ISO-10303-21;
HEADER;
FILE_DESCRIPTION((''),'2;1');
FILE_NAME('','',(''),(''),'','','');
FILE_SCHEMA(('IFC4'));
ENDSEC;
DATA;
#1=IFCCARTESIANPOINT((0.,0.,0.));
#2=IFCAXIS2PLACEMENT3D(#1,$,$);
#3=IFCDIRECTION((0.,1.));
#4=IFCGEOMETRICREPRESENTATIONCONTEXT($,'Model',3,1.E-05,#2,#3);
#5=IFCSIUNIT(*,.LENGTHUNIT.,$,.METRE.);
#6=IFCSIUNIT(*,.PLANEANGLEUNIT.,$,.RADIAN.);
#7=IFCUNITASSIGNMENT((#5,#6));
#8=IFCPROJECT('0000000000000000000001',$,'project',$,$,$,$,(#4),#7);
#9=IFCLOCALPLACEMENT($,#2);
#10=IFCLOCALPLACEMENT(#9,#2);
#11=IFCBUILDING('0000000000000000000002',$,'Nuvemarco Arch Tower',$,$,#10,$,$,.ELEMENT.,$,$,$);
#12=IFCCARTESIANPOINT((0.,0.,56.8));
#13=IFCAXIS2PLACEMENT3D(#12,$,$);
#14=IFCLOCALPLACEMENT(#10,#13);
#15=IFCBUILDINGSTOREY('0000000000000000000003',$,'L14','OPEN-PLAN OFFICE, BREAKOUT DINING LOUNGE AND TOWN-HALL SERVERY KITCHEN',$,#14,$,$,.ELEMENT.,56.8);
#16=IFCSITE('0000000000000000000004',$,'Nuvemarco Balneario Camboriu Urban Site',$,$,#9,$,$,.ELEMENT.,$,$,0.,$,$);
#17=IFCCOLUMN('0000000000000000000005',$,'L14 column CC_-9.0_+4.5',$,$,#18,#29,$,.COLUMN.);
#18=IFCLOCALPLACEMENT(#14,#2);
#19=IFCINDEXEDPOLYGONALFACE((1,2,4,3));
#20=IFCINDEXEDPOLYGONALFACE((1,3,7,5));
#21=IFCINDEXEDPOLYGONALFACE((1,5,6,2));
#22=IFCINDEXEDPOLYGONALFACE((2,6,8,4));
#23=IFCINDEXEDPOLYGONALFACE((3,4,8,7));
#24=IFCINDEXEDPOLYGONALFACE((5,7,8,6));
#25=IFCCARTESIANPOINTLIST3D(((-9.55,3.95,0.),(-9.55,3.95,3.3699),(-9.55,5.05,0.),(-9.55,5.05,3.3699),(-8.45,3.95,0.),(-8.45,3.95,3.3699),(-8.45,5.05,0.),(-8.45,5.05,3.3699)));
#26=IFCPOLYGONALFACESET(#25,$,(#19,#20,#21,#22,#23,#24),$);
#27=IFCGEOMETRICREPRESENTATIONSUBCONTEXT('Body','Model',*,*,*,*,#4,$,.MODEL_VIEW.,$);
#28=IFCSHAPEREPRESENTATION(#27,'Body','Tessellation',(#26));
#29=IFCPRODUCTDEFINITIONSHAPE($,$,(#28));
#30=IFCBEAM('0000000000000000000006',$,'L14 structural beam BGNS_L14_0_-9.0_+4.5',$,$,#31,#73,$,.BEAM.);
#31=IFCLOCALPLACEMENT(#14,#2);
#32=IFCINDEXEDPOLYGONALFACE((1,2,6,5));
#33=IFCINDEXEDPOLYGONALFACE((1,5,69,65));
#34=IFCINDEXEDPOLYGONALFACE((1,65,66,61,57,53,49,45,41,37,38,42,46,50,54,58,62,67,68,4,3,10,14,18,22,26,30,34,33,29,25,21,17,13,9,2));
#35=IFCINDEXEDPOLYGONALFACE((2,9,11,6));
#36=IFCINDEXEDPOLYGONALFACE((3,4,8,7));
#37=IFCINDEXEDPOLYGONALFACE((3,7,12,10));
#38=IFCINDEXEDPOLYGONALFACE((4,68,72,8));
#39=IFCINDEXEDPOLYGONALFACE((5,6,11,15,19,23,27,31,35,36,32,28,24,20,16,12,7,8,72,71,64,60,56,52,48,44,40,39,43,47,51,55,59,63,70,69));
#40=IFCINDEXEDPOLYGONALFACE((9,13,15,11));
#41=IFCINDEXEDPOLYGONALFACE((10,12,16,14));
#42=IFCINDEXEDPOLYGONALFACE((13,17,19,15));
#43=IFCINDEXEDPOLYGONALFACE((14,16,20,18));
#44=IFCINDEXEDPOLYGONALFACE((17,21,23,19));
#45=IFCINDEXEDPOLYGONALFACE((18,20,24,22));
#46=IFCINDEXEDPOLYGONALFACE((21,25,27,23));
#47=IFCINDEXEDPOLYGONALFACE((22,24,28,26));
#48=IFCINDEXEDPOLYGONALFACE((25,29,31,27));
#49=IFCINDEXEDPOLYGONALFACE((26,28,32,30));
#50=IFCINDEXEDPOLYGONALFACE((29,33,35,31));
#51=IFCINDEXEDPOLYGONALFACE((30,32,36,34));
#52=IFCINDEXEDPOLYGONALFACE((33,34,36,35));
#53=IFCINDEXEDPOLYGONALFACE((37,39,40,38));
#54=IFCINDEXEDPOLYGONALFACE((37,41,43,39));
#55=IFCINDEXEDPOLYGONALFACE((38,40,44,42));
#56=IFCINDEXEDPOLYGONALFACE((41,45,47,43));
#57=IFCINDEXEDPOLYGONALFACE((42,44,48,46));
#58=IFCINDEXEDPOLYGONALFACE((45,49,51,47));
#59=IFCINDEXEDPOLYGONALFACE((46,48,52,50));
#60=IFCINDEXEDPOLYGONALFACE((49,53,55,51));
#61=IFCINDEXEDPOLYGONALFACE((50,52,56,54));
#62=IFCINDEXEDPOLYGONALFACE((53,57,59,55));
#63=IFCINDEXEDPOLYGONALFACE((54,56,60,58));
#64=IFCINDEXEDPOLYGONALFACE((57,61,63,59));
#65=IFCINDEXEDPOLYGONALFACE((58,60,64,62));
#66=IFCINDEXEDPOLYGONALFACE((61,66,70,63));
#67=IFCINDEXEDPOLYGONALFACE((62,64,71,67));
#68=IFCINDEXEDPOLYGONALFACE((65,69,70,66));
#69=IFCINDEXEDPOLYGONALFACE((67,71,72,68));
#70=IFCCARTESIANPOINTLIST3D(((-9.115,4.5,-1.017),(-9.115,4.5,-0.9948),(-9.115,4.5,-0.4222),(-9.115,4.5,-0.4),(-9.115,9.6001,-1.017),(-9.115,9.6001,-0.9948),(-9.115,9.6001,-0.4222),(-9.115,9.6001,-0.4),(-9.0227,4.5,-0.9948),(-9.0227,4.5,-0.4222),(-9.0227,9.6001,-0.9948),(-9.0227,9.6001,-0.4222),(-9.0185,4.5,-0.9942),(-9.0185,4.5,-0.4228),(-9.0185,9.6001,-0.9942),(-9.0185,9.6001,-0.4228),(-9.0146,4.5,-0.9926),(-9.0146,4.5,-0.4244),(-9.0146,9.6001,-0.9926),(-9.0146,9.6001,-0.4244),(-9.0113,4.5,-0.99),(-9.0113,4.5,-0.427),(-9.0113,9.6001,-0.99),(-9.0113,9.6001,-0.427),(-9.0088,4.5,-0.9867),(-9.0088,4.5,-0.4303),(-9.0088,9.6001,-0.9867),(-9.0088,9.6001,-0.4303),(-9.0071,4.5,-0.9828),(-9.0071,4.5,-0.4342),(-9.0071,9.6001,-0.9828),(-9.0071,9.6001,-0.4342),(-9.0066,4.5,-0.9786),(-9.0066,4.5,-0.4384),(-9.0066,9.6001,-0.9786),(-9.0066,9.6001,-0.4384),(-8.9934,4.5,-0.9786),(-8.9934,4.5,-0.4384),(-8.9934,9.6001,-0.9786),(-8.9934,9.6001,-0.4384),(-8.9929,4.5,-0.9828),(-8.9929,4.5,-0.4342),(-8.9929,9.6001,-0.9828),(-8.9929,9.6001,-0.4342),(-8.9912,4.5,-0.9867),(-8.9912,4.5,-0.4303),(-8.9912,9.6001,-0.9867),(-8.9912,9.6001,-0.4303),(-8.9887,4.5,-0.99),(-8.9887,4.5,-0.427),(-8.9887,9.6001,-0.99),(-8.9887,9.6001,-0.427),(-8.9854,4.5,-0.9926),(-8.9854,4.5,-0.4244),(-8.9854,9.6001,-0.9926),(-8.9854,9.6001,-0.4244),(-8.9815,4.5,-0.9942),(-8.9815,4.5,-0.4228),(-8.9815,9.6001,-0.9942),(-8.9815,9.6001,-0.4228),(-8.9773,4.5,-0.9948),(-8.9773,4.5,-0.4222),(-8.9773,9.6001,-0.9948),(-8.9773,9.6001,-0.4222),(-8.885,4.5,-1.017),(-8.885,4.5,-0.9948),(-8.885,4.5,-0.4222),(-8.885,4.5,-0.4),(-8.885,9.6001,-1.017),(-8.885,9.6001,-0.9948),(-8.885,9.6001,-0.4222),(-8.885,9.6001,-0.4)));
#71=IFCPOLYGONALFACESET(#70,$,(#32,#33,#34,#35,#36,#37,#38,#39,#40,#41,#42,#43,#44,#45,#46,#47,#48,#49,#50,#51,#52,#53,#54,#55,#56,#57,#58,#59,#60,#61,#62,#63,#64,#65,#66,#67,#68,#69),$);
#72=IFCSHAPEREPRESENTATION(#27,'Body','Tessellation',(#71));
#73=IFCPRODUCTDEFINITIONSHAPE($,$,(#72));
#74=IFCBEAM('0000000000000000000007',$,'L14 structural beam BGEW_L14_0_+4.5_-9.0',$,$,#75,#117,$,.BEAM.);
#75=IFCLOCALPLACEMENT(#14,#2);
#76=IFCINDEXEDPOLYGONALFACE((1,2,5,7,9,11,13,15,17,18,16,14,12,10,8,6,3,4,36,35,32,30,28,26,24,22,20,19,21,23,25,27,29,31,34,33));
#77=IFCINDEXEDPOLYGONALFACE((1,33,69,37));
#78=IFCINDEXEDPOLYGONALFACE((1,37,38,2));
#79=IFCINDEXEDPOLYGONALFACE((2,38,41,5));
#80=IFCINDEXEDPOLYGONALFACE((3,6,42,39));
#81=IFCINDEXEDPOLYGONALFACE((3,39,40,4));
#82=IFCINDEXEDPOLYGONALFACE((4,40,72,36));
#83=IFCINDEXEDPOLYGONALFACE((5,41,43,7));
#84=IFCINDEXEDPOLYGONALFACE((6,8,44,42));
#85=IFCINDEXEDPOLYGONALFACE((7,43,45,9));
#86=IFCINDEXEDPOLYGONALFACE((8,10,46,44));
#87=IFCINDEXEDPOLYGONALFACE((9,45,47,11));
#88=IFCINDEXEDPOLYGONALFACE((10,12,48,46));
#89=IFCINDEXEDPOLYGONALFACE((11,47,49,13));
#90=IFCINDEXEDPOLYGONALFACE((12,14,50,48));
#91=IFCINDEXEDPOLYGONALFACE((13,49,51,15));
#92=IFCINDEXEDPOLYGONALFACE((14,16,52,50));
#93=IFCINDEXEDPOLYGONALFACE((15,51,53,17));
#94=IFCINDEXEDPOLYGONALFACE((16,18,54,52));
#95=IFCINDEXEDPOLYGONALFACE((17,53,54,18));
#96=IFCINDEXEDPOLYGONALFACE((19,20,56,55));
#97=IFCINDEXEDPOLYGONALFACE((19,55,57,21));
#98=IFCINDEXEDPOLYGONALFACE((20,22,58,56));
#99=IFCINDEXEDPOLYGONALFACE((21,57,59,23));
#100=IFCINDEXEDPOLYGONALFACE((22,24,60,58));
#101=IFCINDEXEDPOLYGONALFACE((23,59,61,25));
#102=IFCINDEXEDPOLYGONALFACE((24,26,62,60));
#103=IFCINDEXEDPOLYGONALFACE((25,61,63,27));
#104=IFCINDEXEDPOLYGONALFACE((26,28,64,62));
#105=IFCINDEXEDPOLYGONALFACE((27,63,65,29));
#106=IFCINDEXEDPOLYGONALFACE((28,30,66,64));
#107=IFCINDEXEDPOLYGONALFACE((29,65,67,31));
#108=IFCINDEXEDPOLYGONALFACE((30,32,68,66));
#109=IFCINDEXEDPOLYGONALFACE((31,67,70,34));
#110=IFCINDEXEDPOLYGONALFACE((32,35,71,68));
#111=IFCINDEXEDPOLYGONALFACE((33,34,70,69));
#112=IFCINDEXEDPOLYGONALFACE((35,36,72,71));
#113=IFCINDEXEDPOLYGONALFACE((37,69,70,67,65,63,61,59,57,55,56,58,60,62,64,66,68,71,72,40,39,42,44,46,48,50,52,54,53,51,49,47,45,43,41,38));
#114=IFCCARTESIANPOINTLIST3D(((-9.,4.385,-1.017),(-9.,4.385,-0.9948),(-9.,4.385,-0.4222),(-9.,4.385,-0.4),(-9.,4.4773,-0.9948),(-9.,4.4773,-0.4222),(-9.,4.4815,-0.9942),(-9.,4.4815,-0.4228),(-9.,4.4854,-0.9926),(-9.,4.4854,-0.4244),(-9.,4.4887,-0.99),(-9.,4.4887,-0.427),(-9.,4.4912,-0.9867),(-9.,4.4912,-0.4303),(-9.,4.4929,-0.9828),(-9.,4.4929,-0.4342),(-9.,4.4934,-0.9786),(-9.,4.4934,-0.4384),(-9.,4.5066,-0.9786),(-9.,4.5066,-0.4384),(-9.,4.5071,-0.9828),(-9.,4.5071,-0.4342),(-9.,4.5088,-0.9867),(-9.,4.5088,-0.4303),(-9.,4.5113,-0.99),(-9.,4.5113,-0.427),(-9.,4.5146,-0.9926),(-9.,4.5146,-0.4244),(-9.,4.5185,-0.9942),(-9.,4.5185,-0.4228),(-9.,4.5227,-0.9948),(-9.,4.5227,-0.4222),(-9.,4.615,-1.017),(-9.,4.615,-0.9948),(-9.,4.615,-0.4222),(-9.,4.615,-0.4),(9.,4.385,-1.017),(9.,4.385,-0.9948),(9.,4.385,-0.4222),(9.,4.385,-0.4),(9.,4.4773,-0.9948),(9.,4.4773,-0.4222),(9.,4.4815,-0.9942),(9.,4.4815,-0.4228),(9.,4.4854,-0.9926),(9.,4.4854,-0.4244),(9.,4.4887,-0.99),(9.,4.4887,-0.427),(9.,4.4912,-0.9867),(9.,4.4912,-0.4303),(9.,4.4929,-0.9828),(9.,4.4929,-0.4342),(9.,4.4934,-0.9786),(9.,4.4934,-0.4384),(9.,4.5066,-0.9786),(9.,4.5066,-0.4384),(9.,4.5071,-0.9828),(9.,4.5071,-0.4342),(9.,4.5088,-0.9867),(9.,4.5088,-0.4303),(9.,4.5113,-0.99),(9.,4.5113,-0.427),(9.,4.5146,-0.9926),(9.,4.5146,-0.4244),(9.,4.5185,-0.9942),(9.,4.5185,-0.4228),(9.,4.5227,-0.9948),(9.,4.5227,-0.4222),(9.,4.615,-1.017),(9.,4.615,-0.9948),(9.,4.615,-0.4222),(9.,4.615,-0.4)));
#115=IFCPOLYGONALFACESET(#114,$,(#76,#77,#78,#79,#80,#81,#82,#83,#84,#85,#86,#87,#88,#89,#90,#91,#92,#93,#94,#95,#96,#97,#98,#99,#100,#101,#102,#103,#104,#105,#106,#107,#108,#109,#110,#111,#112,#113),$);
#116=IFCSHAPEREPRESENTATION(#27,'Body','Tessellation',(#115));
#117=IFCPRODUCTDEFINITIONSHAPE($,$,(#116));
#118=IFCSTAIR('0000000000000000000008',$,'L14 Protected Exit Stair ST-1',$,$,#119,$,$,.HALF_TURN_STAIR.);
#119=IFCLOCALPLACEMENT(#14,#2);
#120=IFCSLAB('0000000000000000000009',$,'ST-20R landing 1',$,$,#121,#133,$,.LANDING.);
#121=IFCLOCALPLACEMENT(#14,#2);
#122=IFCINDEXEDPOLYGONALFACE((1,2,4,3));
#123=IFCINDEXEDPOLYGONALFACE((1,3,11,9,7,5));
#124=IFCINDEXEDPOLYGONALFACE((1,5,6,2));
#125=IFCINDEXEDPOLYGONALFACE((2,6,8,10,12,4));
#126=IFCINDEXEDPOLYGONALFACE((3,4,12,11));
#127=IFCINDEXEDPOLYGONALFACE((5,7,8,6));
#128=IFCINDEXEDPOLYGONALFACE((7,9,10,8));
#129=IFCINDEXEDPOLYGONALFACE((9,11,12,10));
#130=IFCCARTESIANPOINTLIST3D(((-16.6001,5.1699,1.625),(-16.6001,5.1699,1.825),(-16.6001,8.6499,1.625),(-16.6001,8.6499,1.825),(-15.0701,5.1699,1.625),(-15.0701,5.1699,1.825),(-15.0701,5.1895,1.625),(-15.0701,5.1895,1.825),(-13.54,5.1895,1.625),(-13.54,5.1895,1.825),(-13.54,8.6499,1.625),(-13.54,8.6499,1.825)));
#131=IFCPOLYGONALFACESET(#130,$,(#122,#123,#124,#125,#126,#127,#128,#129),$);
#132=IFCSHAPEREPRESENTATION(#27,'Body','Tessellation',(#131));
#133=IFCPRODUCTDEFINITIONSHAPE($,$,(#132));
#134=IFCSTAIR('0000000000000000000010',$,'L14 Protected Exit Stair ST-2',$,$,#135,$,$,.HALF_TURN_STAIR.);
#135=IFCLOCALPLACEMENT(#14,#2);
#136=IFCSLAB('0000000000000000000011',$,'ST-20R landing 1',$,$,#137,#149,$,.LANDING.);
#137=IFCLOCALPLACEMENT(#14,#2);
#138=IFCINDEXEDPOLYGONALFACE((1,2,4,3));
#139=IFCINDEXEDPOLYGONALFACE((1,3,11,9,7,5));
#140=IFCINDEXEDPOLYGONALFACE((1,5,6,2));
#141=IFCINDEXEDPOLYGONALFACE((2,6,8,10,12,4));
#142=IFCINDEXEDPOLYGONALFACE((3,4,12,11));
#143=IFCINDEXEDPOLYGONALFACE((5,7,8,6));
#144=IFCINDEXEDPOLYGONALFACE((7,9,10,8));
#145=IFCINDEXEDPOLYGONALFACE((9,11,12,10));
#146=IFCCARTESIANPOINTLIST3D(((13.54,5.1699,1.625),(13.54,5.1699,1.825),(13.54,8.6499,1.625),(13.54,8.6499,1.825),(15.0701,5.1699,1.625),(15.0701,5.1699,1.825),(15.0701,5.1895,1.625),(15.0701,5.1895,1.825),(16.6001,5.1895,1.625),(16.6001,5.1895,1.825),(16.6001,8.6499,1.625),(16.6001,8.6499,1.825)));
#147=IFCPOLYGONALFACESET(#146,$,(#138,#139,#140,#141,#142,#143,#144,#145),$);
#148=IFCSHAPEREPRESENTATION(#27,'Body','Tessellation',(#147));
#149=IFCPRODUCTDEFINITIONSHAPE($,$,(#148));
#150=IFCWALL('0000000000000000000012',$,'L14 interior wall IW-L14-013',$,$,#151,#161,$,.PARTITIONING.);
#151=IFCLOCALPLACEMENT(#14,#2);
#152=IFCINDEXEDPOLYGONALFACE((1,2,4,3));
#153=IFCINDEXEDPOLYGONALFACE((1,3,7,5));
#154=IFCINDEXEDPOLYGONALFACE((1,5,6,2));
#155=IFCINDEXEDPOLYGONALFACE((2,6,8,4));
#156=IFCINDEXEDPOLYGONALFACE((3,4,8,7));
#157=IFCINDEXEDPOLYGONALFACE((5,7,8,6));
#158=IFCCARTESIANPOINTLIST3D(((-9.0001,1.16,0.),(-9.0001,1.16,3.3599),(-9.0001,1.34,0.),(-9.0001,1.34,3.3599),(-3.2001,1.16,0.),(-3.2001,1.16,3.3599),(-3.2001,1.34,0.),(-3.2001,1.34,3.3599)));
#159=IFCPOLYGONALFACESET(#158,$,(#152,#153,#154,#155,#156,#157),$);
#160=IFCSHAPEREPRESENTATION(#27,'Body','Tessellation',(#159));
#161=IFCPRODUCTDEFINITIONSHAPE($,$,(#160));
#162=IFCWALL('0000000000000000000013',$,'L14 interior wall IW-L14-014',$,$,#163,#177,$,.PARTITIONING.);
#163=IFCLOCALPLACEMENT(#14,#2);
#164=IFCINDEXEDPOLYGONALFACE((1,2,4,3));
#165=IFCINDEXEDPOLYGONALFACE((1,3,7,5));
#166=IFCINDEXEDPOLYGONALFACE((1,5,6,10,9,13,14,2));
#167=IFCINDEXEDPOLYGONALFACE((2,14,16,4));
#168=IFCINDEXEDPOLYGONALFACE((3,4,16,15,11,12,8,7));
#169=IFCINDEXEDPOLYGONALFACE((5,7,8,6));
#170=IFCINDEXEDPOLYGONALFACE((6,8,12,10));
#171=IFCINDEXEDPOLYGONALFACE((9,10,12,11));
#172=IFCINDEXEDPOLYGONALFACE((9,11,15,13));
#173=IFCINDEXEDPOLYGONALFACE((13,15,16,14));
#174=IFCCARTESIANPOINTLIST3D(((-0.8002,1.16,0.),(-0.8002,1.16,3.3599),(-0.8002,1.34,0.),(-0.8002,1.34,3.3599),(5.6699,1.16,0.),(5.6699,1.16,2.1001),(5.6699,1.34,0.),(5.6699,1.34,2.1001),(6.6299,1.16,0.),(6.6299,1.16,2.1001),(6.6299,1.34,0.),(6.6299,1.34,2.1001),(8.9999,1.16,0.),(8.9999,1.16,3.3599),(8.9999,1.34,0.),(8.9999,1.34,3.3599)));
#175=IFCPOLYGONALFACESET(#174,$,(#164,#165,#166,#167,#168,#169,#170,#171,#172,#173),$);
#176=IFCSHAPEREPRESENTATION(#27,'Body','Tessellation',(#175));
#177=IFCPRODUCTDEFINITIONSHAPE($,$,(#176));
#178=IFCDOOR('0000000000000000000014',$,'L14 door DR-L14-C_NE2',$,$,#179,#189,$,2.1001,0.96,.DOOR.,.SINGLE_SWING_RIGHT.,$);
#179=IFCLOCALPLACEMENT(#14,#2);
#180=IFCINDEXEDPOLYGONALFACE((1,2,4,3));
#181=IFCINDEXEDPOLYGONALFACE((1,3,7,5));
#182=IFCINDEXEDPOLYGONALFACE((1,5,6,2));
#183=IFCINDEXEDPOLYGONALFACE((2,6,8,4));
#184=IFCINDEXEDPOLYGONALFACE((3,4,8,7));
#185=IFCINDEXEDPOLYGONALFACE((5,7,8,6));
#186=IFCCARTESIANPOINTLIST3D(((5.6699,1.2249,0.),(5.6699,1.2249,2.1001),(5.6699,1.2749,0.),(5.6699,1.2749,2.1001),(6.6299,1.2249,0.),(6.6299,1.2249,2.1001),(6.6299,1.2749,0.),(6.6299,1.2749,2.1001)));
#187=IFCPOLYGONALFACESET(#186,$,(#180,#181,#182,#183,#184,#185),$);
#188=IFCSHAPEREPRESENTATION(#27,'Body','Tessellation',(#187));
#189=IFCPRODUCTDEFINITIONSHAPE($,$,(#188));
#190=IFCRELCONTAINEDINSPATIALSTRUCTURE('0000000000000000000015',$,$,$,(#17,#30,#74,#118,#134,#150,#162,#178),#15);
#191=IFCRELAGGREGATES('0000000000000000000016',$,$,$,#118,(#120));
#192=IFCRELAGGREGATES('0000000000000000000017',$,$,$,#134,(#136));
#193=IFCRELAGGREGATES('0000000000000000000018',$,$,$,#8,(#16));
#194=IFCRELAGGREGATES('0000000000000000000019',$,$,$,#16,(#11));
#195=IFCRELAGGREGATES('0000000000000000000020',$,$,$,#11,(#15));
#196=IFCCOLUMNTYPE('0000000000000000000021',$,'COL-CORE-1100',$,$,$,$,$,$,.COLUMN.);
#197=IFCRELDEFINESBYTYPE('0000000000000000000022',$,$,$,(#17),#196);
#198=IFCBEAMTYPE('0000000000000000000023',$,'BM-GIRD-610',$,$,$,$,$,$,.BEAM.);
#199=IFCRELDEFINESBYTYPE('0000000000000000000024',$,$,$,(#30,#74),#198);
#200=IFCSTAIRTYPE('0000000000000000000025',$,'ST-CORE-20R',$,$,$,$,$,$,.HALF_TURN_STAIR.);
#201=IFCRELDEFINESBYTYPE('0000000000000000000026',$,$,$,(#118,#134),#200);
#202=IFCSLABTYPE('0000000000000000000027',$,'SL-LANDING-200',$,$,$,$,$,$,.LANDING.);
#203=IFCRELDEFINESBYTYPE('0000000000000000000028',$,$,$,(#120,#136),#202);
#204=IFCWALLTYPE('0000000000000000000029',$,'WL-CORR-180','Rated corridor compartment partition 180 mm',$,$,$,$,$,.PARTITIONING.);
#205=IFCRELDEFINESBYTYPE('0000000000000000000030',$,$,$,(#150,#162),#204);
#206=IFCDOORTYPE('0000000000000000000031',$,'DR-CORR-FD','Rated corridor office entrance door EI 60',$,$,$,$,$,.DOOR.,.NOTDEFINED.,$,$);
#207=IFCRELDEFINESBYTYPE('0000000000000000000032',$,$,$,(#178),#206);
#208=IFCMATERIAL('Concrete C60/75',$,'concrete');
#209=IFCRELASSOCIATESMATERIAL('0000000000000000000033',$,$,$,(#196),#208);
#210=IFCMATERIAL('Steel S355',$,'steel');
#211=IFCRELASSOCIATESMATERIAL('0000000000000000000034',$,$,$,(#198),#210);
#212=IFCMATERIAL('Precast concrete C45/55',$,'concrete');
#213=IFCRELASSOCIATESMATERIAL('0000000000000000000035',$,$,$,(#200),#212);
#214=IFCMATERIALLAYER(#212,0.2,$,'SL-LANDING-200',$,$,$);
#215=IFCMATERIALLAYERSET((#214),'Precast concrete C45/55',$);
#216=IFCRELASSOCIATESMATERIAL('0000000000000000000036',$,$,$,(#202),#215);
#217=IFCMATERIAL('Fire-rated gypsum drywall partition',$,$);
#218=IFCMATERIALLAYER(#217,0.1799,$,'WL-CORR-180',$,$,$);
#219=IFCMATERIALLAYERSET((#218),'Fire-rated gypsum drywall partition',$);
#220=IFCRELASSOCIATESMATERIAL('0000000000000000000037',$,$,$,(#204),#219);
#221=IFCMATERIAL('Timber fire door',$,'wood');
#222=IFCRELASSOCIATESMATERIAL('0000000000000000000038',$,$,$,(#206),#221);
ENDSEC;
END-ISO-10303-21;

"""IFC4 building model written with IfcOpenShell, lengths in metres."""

from ifc_helpers import new_model, si_unit, direction, frame, frame_2d, origin, origin_2d, place, context, subcontext, project, spatial, polyline, rectangle, i_section, outline, extrude, source, transform, mapped, material, layer, layer_set, material_profile, profile_set, type_object, type_shapes, element, fill, aggregate, save


model = new_model("IFC4")

# Units and contexts
model_context = context("Model", 3, precision=1e-05, world=origin(), true_north=direction((0.0, 1.0)))
body_context = subcontext(model_context, "Body", "Model", "MODEL_VIEW")
ifc_project = project(units=[si_unit("LENGTHUNIT", "METRE"), si_unit("PLANEANGLEUNIT", "RADIAN")], contexts=[model_context])

# Site, building, storey
site_placement = place(None, origin())
site = spatial("IfcSite", under=ifc_project, at=site_placement, Name="Nuvemarco Balneario Camboriu Urban Site", CompositionType="ELEMENT", RefElevation=0.0)
building_placement = place(site_placement, origin())
building = spatial("IfcBuilding", under=site, at=building_placement, Name="Nuvemarco Arch Tower", CompositionType="ELEMENT")
storey_placement = place(building_placement, frame((0.0, 0.0, 56.8)))
storey = spatial("IfcBuildingStorey", under=building, at=storey_placement, Name="L14", Description="OPEN-PLAN OFFICE, BREAKOUT DINING LOUNGE AND TOWN-HALL SERVERY KITCHEN", CompositionType="ELEMENT", Elevation=56.8)

# Column
ifc_material_1 = material(Name="Concrete C60/75", Category="concrete")
ifc_material_profile_1 = material_profile(ifc_material_1, rectangle(XDim=1.1001, YDim=1.1001, at=origin_2d()), Name="RC-COL-1100x1100")
ifc_profile_set_1 = profile_set([ifc_material_profile_1], Name="Concrete C60/75")
column_type = type_object("IfcColumnType", Name="COL-CORE-1100", PredefinedType="COLUMN", material=ifc_profile_set_1)
column_placement = place(storey_placement, frame((-9.0, 4.5, 0.0), z_axis=(0.0, 0.0, 1.0), x_axis=(1.0, 0.0, 0.0)))
element("IfcColumn", 1, at=column_placement, inside=storey, type_object=column_type, Name="L14 column CC_-9.0_+4.5", PredefinedType="COLUMN", context=body_context, shape_type="SweptSolid", body=[
    extrude(rectangle(XDim=1.1001, YDim=1.1001, at=origin_2d()), origin(), (0.0, 0.0, 1.0), 3.3699),
])

# Beams
ifc_material_2 = material(Name="Steel S355", Category="steel")
ifc_material_profile_2 = material_profile(ifc_material_2, i_section(OverallWidth=0.23, OverallDepth=0.6169, WebThickness=0.0132, FlangeThickness=0.0222, FilletRadius=0.0161, at=origin_2d()), Name="W610x140")
ifc_profile_set_2 = profile_set([ifc_material_profile_2], Name="Steel S355")
beam_type = type_object("IfcBeamType", Name="BM-GIRD-610", PredefinedType="BEAM", material=ifc_profile_set_2)
beam_1_placement = place(storey_placement, frame((-9.0, 4.5, -0.7085), z_axis=(0.0, 1.0, 0.0), x_axis=(-1.0, 0.0, 0.0)))
element("IfcBeam", 2, at=beam_1_placement, inside=storey, type_object=beam_type, Name="L14 structural beam BGNS_L14_0_-9.0_+4.5", PredefinedType="BEAM", context=body_context, shape_type="SweptSolid", body=[
    extrude(i_section(OverallWidth=0.23, OverallDepth=0.6169, WebThickness=0.0132, FlangeThickness=0.0222, FilletRadius=0.0161, at=origin_2d()), origin(), (0.0, 0.0, 1.0), 5.1001),
])
beam_2_placement = place(storey_placement, frame((-9.0, 4.5, -0.7085), z_axis=(1.0, 0.0, 0.0), x_axis=(0.0, 1.0, 0.0)))
element("IfcBeam", 3, at=beam_2_placement, inside=storey, type_object=beam_type, Name="L14 structural beam BGEW_L14_0_+4.5_-9.0", PredefinedType="BEAM", context=body_context, shape_type="SweptSolid", body=[
    extrude(i_section(OverallWidth=0.23, OverallDepth=0.6169, WebThickness=0.0132, FlangeThickness=0.0222, FilletRadius=0.0161, at=origin_2d()), origin(), (0.0, 0.0, 1.0), 18.0),
])

# Stairs, slabs
ifc_material_3 = material(Name="Precast concrete C45/55", Category="concrete")
stair_type = type_object("IfcStairType", Name="ST-CORE-20R", PredefinedType="HALF_TURN_STAIR", material=ifc_material_3)
stair_1_placement = place(storey_placement, origin())
stair_1 = element("IfcStair", 4, at=stair_1_placement, inside=storey, type_object=stair_type, Name="L14 Protected Exit Stair ST-1", PredefinedType="HALF_TURN_STAIR")
ifc_layer_1 = layer(ifc_material_3, 0.2, Name="SL-LANDING-200")
ifc_layer_set_1 = layer_set([ifc_layer_1], Name="Precast concrete C45/55")
slab_type = type_object("IfcSlabType", Name="SL-LANDING-200", PredefinedType="LANDING", material=ifc_layer_set_1)
slab_1_placement = place(storey_placement, frame((0.0, 0.0, 1.625)))
slab_1 = element("IfcSlab", 5, at=slab_1_placement, type_object=slab_type, Name="ST-20R landing 1", PredefinedType="LANDING", context=body_context, shape_type="SweptSolid", body=[
    extrude(outline(polyline([(-13.54, 5.1895), (-13.54, 8.6499), (-16.6001, 8.6499), (-16.6001, 5.1699), (-15.0701, 5.1699), (-15.0701, 5.1895), (-13.54, 5.1895)])), origin(), (0.0, 0.0, 1.0), 0.2),
])
aggregate(stair_1, [slab_1])
stair_2_placement = place(storey_placement, origin())
stair_2 = element("IfcStair", 6, at=stair_2_placement, inside=storey, type_object=stair_type, Name="L14 Protected Exit Stair ST-2", PredefinedType="HALF_TURN_STAIR")
slab_2_placement = place(storey_placement, frame((0.0, 0.0, 1.625)))
slab_2 = element("IfcSlab", 7, at=slab_2_placement, type_object=slab_type, Name="ST-20R landing 1", PredefinedType="LANDING", context=body_context, shape_type="SweptSolid", body=[
    extrude(outline(polyline([(16.6001, 5.1895), (16.6001, 8.6499), (13.54, 8.6499), (13.54, 5.1699), (15.0701, 5.1699), (15.0701, 5.1895), (16.6001, 5.1895)])), origin(), (0.0, 0.0, 1.0), 0.2),
])
aggregate(stair_2, [slab_2])

# Wall
ifc_material_4 = material(Name="Fire-rated gypsum drywall partition")
ifc_layer_2 = layer(ifc_material_4, 0.1799, Name="WL-CORR-180")
ifc_layer_set_2 = layer_set([ifc_layer_2], Name="Fire-rated gypsum drywall partition")
wall_type_1 = type_object("IfcWallType", Name="WL-CORR-180", Description="Rated corridor compartment partition 180 mm", PredefinedType="PARTITIONING", material=ifc_layer_set_2)
wall_1_placement = place(storey_placement, frame((-9.0, 1.25, 0.0), z_axis=(0.0, 0.0, 1.0), x_axis=(1.0, 0.0, 0.0)))
element("IfcWall", 8, at=wall_1_placement, inside=storey, type_object=wall_type_1, Name="L14 interior wall IW-L14-013", PredefinedType="PARTITIONING", context=body_context, shape_type="SweptSolid", body=[
    extrude(rectangle(XDim=5.8, YDim=0.1799, at=frame_2d((2.8999, 0.0))), origin(), (0.0, 0.0, 1.0), 3.3599),
])

# Wall, opening, door
wall_2_placement = place(storey_placement, frame((-0.8, 1.25, 0.0), z_axis=(0.0, 0.0, 1.0), x_axis=(1.0, 0.0, 0.0)))
wall_2 = element("IfcWall", 9, at=wall_2_placement, inside=storey, type_object=wall_type_1, Name="L14 interior wall IW-L14-014", PredefinedType="PARTITIONING", context=body_context, shape_type="SweptSolid", body=[
    extrude(rectangle(XDim=9.8, YDim=0.1799, at=frame_2d((4.8999, 0.0))), origin(), (0.0, 0.0, 1.0), 3.3599),
])
opening_1_placement = place(wall_2_placement, frame((6.47, 0.0, 0.0)))
opening_1 = element("IfcOpeningElement", 10, at=opening_1_placement, cuts=wall_2, PredefinedType="OPENING", context=body_context, shape_type="SweptSolid", body=[
    extrude(rectangle(XDim=0.96, YDim=2.1001, at=frame_2d((0.48, 1.05))), frame((0.0, 0.0999, 0.0), z_axis=(0.0, -1.0, 0.0), x_axis=(1.0, 0.0, 0.0)), (0.0, 0.0, 1.0), 0.2),
])
ifc_material_5 = material(Name="Timber fire door", Category="wood")
door_type_1 = type_object("IfcDoorType", Name="DR-CORR-FD", Description="Rated corridor office entrance door EI 60", OperationType="NOTDEFINED", PredefinedType="DOOR", material=ifc_material_5)
shared_shape_1 = source(origin(), body_context, "Body", "SweptSolid", [
    extrude(rectangle(XDim=0.96, YDim=2.1001, at=frame_2d((0.48, 1.05))), frame((0.0, 0.0249, 0.0), z_axis=(0.0, -1.0, 0.0), x_axis=(1.0, 0.0, 0.0)), (0.0, 0.0, 1.0), 0.05),
])
type_shapes(door_type_1, [shared_shape_1])
door_1_placement = place(opening_1_placement, origin())
door_1 = element("IfcDoor", 11, at=door_1_placement, inside=storey, type_object=door_type_1, Name="L14 door DR-L14-C_NE2", OperationType="SINGLE_SWING_RIGHT", OverallHeight=2.1001, OverallWidth=0.96, PredefinedType="DOOR", context=body_context, shape_type="MappedRepresentation", body=[
    mapped(shared_shape_1, transform((0.0, 0.0, 0.0), scale=1.0)),
])
fill(opening_1, door_1)

save(model, "model.ifc")
